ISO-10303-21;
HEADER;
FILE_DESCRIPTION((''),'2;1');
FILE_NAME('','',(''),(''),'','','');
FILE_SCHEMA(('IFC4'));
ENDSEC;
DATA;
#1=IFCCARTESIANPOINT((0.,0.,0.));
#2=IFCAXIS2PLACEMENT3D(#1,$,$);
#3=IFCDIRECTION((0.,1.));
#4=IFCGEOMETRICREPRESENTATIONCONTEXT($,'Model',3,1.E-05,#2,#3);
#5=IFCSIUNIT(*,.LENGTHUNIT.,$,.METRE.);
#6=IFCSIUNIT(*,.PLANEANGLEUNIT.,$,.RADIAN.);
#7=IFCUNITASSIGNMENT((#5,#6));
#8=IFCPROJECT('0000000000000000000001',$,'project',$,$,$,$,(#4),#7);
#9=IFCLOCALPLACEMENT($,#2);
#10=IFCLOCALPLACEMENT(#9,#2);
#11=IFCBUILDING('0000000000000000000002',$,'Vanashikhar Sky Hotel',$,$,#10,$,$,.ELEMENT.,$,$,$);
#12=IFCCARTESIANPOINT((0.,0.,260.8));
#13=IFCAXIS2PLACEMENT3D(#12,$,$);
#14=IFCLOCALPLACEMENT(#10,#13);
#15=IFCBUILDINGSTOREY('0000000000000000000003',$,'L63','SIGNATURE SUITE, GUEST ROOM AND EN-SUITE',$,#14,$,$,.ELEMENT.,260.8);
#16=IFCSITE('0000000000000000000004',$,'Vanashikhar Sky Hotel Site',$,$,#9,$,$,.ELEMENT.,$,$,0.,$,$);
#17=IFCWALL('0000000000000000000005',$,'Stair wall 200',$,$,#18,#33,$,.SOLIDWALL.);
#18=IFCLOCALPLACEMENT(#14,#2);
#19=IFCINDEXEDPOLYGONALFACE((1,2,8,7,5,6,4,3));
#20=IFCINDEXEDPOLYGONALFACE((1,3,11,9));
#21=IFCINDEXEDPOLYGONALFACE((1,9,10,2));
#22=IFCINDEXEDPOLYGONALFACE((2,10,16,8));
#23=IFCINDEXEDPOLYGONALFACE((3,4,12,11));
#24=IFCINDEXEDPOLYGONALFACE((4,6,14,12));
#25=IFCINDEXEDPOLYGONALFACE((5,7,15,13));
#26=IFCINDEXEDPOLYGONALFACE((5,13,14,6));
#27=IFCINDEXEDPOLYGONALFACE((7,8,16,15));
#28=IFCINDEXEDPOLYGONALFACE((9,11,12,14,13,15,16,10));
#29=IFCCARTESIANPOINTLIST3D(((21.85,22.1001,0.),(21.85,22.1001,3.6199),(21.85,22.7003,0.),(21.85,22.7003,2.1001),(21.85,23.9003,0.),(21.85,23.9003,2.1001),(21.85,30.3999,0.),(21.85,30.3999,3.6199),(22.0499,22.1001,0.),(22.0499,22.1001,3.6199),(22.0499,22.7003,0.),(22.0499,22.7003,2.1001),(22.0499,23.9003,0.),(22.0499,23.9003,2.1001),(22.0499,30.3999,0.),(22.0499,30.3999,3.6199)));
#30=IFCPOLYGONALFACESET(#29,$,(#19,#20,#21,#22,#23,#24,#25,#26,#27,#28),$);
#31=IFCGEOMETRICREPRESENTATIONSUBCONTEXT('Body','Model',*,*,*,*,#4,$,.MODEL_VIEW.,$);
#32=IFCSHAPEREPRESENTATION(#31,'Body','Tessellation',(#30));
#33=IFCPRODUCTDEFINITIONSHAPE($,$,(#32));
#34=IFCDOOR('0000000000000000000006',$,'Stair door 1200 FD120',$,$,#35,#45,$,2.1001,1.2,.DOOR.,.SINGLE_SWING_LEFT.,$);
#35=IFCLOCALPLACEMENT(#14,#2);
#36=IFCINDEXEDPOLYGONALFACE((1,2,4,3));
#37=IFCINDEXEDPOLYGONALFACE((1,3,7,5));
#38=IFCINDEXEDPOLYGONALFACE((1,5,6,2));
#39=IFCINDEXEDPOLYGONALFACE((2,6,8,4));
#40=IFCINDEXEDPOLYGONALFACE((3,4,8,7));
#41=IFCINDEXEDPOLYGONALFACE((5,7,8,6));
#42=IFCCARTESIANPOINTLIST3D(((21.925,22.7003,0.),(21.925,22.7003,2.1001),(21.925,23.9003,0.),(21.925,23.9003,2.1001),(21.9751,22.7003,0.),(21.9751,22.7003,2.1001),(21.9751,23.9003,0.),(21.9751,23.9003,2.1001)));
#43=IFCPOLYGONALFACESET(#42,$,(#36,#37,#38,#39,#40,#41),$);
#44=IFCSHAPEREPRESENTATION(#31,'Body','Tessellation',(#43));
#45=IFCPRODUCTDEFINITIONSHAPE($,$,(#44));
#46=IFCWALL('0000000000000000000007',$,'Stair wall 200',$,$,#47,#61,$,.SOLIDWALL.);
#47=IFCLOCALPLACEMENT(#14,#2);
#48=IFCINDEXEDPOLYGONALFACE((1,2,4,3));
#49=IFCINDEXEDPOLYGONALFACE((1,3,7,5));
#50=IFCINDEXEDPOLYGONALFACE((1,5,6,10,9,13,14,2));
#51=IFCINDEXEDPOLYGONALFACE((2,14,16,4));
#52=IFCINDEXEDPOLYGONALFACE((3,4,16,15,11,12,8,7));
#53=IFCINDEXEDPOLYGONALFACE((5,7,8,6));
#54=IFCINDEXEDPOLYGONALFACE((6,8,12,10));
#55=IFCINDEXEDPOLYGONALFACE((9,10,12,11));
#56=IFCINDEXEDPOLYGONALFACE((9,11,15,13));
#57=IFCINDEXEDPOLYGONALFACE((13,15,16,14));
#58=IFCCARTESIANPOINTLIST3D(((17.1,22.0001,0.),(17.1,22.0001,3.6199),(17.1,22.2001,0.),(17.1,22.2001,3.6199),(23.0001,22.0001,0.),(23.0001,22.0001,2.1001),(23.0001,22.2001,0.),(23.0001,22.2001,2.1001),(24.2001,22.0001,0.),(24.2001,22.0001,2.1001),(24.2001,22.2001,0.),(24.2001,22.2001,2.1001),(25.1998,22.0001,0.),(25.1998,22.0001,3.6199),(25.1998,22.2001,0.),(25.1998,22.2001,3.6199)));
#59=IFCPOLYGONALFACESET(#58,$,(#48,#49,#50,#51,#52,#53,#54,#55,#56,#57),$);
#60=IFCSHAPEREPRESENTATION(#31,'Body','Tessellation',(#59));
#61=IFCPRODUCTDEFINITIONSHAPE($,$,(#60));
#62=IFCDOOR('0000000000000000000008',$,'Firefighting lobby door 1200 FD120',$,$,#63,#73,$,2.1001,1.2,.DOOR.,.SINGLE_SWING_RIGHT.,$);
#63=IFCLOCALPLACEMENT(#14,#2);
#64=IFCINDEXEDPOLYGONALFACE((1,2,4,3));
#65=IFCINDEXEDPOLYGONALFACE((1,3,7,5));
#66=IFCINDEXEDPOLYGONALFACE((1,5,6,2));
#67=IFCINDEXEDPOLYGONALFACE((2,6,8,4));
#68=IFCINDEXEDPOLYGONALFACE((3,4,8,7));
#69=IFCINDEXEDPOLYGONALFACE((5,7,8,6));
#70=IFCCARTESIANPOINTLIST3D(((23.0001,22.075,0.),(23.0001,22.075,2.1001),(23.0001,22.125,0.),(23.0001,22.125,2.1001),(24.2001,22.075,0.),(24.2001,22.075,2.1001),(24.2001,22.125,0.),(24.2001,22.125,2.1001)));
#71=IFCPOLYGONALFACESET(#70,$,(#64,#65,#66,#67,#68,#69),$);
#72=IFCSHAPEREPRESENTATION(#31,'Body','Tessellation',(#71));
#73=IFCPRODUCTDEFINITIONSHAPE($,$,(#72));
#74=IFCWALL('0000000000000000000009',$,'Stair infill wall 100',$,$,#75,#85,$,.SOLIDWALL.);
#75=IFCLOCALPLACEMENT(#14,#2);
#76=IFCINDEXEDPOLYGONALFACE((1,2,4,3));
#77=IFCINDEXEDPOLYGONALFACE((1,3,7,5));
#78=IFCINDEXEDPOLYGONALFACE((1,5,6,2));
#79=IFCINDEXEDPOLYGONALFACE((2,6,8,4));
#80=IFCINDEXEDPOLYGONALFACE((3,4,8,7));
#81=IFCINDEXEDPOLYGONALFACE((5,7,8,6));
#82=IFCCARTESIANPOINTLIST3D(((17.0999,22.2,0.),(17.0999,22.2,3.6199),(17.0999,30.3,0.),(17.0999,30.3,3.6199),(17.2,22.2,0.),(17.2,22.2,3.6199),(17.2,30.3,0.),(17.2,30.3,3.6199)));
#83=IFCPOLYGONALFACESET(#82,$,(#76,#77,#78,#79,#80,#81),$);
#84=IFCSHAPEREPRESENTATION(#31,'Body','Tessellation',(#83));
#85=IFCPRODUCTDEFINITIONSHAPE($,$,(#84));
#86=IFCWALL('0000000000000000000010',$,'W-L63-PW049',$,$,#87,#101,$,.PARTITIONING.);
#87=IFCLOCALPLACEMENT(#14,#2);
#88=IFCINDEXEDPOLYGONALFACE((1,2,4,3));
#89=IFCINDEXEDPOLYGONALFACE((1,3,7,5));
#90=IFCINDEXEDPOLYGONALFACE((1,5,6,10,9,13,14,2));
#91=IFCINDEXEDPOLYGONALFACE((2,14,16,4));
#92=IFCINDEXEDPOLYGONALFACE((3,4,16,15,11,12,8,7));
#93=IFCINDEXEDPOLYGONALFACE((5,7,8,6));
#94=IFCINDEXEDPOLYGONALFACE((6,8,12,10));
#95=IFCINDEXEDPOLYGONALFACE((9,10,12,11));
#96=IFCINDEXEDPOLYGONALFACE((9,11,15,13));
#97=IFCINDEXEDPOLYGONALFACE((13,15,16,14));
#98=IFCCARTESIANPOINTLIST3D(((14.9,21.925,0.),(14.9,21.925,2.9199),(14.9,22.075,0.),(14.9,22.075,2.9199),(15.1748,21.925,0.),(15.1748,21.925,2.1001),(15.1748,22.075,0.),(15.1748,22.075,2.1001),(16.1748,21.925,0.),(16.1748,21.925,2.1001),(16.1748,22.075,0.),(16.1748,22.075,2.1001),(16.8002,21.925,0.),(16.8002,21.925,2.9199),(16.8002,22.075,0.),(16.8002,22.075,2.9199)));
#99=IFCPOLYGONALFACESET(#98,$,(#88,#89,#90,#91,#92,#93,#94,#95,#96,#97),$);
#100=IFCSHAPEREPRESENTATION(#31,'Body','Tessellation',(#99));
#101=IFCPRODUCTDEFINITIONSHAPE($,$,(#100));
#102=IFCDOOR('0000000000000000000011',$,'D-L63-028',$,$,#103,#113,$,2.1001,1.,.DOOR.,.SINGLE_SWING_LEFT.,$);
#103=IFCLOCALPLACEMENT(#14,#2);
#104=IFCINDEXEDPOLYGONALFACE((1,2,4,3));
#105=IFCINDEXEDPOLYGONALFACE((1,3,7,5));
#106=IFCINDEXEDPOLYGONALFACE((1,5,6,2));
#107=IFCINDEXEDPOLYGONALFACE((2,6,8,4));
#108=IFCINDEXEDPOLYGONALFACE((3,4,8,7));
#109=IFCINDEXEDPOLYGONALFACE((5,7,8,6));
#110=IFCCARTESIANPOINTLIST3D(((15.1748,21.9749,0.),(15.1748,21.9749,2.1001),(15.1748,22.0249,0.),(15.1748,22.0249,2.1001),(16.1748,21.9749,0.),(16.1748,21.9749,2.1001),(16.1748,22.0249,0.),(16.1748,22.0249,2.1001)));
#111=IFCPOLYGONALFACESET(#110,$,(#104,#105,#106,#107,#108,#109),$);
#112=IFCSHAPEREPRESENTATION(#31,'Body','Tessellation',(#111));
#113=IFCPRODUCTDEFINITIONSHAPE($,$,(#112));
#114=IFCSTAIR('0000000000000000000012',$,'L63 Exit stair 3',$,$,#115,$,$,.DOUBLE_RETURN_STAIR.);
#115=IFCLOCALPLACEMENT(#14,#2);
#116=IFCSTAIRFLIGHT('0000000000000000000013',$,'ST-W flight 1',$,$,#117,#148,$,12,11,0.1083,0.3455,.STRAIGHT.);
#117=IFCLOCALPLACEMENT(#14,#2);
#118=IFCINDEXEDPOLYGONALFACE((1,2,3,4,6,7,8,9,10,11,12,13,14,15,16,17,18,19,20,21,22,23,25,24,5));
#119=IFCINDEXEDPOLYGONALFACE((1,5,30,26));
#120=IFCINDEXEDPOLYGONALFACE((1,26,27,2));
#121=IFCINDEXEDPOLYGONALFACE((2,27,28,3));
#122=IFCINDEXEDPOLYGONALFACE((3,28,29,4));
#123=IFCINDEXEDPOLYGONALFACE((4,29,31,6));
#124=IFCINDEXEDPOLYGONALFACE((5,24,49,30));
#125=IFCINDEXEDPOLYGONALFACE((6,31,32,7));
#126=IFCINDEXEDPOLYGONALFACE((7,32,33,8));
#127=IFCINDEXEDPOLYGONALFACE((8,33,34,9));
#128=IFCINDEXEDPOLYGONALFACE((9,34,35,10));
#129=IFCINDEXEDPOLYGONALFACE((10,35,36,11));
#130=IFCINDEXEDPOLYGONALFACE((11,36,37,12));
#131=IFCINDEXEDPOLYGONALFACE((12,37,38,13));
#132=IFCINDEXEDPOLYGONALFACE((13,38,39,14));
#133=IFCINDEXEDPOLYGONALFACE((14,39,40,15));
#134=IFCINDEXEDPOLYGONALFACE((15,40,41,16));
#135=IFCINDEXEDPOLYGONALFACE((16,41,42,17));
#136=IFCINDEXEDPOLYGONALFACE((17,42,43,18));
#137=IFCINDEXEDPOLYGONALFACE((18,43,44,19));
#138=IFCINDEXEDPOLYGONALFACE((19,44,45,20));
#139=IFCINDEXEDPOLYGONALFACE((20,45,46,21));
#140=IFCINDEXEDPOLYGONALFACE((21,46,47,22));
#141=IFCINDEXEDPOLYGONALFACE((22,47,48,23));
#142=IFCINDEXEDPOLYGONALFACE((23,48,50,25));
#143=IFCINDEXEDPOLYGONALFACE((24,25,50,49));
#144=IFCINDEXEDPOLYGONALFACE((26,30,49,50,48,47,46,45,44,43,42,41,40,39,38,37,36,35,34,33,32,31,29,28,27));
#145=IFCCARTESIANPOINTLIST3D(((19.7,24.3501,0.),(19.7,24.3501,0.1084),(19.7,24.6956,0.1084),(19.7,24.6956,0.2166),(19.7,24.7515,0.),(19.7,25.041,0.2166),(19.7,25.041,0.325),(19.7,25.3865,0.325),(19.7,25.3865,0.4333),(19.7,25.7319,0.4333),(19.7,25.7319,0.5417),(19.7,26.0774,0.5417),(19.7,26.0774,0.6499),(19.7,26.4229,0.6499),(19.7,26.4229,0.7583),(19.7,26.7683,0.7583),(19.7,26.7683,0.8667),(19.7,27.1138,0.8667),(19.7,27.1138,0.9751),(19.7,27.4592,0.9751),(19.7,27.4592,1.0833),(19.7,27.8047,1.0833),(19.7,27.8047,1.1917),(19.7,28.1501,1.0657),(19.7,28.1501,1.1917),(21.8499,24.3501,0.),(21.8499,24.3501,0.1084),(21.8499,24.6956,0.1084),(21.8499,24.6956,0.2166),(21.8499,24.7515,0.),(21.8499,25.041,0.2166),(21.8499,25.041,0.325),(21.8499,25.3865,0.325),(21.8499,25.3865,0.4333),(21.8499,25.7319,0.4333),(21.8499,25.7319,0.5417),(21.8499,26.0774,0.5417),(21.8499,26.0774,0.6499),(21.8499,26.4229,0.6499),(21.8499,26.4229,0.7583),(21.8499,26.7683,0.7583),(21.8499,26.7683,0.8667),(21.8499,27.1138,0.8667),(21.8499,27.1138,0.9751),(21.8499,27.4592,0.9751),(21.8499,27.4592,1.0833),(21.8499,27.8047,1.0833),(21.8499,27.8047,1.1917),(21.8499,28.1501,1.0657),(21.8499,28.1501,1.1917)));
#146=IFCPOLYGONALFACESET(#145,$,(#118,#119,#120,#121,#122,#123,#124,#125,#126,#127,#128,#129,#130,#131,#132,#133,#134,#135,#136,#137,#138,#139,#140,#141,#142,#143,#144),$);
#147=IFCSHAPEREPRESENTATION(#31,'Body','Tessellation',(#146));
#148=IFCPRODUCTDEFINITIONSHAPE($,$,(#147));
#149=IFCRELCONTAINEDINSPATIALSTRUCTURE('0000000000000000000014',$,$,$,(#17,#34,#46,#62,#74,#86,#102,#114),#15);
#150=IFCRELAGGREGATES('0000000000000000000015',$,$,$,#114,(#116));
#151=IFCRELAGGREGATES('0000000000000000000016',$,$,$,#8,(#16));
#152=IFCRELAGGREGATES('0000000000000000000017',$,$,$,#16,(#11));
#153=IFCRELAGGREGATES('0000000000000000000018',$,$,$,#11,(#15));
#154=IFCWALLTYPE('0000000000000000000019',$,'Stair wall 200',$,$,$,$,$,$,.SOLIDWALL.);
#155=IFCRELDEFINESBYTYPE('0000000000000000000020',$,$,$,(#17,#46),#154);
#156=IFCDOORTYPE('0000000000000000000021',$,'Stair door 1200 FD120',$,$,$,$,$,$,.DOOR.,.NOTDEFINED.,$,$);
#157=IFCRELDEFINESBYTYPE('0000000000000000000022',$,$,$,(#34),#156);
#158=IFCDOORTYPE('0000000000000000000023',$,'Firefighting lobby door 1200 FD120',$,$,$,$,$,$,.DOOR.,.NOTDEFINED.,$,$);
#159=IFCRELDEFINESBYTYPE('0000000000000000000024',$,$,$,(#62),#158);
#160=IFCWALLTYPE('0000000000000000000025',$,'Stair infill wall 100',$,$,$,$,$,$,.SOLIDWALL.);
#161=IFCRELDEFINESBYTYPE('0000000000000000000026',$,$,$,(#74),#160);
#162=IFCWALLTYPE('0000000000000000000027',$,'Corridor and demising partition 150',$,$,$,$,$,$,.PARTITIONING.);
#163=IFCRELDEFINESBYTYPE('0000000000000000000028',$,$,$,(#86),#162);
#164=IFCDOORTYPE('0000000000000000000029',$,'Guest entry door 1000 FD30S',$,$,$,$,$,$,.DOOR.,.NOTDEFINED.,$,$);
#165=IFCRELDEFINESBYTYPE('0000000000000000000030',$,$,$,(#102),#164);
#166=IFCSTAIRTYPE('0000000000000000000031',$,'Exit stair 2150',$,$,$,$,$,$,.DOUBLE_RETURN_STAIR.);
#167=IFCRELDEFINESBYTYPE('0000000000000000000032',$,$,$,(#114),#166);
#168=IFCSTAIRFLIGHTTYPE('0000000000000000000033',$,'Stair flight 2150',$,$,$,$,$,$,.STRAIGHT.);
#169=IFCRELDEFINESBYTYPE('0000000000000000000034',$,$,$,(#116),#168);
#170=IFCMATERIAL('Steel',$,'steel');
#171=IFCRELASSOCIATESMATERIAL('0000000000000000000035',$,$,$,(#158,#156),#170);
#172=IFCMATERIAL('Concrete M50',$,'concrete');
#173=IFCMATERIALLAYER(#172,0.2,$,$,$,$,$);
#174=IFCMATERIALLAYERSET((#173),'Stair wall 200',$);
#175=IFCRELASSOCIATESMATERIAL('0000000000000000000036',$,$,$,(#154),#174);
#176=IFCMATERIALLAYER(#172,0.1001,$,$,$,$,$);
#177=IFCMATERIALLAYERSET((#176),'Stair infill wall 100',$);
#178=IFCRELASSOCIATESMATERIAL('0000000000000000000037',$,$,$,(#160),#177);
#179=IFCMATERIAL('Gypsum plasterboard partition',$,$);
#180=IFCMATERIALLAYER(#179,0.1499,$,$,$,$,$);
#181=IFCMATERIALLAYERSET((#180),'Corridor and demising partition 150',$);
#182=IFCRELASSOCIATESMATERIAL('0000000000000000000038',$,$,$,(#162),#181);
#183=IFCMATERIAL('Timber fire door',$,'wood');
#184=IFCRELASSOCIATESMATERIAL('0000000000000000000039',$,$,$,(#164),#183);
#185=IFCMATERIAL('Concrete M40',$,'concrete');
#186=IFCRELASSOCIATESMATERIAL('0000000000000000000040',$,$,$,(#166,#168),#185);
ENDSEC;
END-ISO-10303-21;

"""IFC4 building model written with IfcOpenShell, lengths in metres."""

from ifc_helpers import new_model, si_unit, direction, frame, frame_2d, origin, place, context, subcontext, project, spatial, polyline, rectangle, outline, extrude, source, transform, mapped, material, layer, layer_set, type_object, element, fill, aggregate, save


model = new_model("IFC4")

# Units and contexts
model_context = context("Model", 3, precision=1e-05, world=origin(), true_north=direction((0.0, 1.0)))
body_context = subcontext(model_context, "Body", "Model", "MODEL_VIEW")
ifc_project = project(units=[si_unit("LENGTHUNIT", "METRE"), si_unit("PLANEANGLEUNIT", "RADIAN")], contexts=[model_context])

# Site, building, storey
site_placement = place(None, origin())
site = spatial("IfcSite", under=ifc_project, at=site_placement, Name="Vanashikhar Sky Hotel Site", CompositionType="ELEMENT", RefElevation=0.0)
building_placement = place(site_placement, origin())
building = spatial("IfcBuilding", under=site, at=building_placement, Name="Vanashikhar Sky Hotel", CompositionType="ELEMENT")
storey_placement = place(building_placement, frame((0.0, 0.0, 260.8)))
storey = spatial("IfcBuildingStorey", under=building, at=storey_placement, Name="L63", Description="SIGNATURE SUITE, GUEST ROOM AND EN-SUITE", CompositionType="ELEMENT", Elevation=260.8)

# Shared definitions
ifc_material_1 = material(Name="Steel", Category="steel")
door_type_1 = type_object("IfcDoorType", Name="Firefighting lobby door 1200 FD120", OperationType="NOTDEFINED", PredefinedType="DOOR", material=ifc_material_1)

# Walls, openings, doors
ifc_material_2 = material(Name="Concrete M50", Category="concrete")
ifc_layer_1 = layer(ifc_material_2, 0.2)
ifc_layer_set_1 = layer_set([ifc_layer_1], Name="Stair wall 200")
wall_type_1 = type_object("IfcWallType", Name="Stair wall 200", PredefinedType="SOLIDWALL", material=ifc_layer_set_1)
shared_shape_1 = source(origin(), body_context, "Body", "SweptSolid", [
    extrude(rectangle(XDim=8.2998, YDim=0.2, at=frame_2d((4.1499, 0.0))), origin(), (0.0, 0.0, 1.0), 3.6199),
])
wall_1_placement = place(storey_placement, frame((21.95, 22.1001, 0.0), z_axis=(0.0, 0.0, 1.0), x_axis=(0.0, 1.0, 0.0)))
wall_1 = element("IfcWall", 1, at=wall_1_placement, inside=storey, type_object=wall_type_1, Name="Stair wall 200", PredefinedType="SOLIDWALL", context=body_context, shape_type="MappedRepresentation", body=[
    mapped(shared_shape_1, transform((0.0, 0.0, 0.0), scale=1.0)),
])
shared_shape_2 = source(origin(), body_context, "Body", "SweptSolid", [
    extrude(rectangle(XDim=1.2, YDim=2.1001, at=frame_2d((0.6001, 1.05))), frame((0.0, 0.1099, 0.0), z_axis=(0.0, -1.0, 0.0), x_axis=(1.0, 0.0, 0.0)), (0.0, 0.0, 1.0), 0.22),
])
opening_1_placement = place(wall_1_placement, frame((0.6001, 0.0, 0.0)))
opening_1 = element("IfcOpeningElement", 2, at=opening_1_placement, cuts=wall_1, PredefinedType="OPENING", context=body_context, shape_type="MappedRepresentation", body=[
    mapped(shared_shape_2, transform((0.0, 0.0, 0.0), scale=1.0)),
])
door_type_2 = type_object("IfcDoorType", Name="Stair door 1200 FD120", OperationType="NOTDEFINED", PredefinedType="DOOR", material=ifc_material_1)
shared_shape_3 = source(origin(), body_context, "Body", "SweptSolid", [
    extrude(rectangle(XDim=1.2, YDim=2.1001, at=frame_2d((0.6001, 1.05))), frame((0.0, 0.0249, 0.0), z_axis=(0.0, -1.0, 0.0), x_axis=(1.0, 0.0, 0.0)), (0.0, 0.0, 1.0), 0.05),
])
door_1_placement = place(opening_1_placement, origin())
door_1 = element("IfcDoor", 3, at=door_1_placement, inside=storey, type_object=door_type_2, Name="Stair door 1200 FD120", OperationType="SINGLE_SWING_LEFT", OverallHeight=2.1001, OverallWidth=1.2, PredefinedType="DOOR", context=body_context, shape_type="MappedRepresentation", body=[
    mapped(shared_shape_3, transform((0.0, 0.0, 0.0), scale=1.0)),
])
fill(opening_1, door_1)
shared_shape_4 = source(origin(), body_context, "Body", "SweptSolid", [
    extrude(rectangle(XDim=8.0999, YDim=0.2, at=frame_2d((4.0498, 0.0))), origin(), (0.0, 0.0, 1.0), 3.6199),
])
wall_2_placement = place(storey_placement, frame((17.1001, 22.1001, 0.0), z_axis=(0.0, 0.0, 1.0), x_axis=(1.0, 0.0, 0.0)))
wall_2 = element("IfcWall", 4, at=wall_2_placement, inside=storey, type_object=wall_type_1, Name="Stair wall 200", PredefinedType="SOLIDWALL", context=body_context, shape_type="MappedRepresentation", body=[
    mapped(shared_shape_4, transform((0.0, 0.0, 0.0), scale=1.0)),
])
opening_2_placement = place(wall_2_placement, frame((5.8999, 0.0, 0.0)))
opening_2 = element("IfcOpeningElement", 5, at=opening_2_placement, cuts=wall_2, PredefinedType="OPENING", context=body_context, shape_type="MappedRepresentation", body=[
    mapped(shared_shape_2, transform((0.0, 0.0, 0.0), scale=1.0)),
])
door_2_placement = place(opening_2_placement, origin())
door_2 = element("IfcDoor", 6, at=door_2_placement, inside=storey, type_object=door_type_1, Name="Firefighting lobby door 1200 FD120", OperationType="SINGLE_SWING_RIGHT", OverallHeight=2.1001, OverallWidth=1.2, PredefinedType="DOOR", context=body_context, shape_type="MappedRepresentation", body=[
    mapped(shared_shape_3, transform((0.0, 0.0, 0.0), scale=1.0)),
])
fill(opening_2, door_2)

# Wall
ifc_layer_2 = layer(ifc_material_2, 0.1001)
ifc_layer_set_2 = layer_set([ifc_layer_2], Name="Stair infill wall 100")
wall_type_2 = type_object("IfcWallType", Name="Stair infill wall 100", PredefinedType="SOLIDWALL", material=ifc_layer_set_2)
shared_shape_5 = source(origin(), body_context, "Body", "SweptSolid", [
    extrude(rectangle(XDim=8.1001, YDim=0.1001, at=frame_2d((4.05, 0.0))), origin(), (0.0, 0.0, 1.0), 3.6199),
])
wall_3_placement = place(storey_placement, frame((17.1499, 22.2, 0.0), z_axis=(0.0, 0.0, 1.0), x_axis=(0.0, 1.0, 0.0)))
element("IfcWall", 7, at=wall_3_placement, inside=storey, type_object=wall_type_2, Name="Stair infill wall 100", PredefinedType="SOLIDWALL", context=body_context, shape_type="MappedRepresentation", body=[
    mapped(shared_shape_5, transform((0.0, 0.0, 0.0), scale=1.0)),
])

# Wall, opening, door
ifc_material_3 = material(Name="Gypsum plasterboard partition")
ifc_layer_3 = layer(ifc_material_3, 0.1499)
ifc_layer_set_3 = layer_set([ifc_layer_3], Name="Corridor and demising partition 150")
wall_type_3 = type_object("IfcWallType", Name="Corridor and demising partition 150", PredefinedType="PARTITIONING", material=ifc_layer_set_3)
shared_shape_6 = source(origin(), body_context, "Body", "SweptSolid", [
    extrude(rectangle(XDim=1.9001, YDim=0.1499, at=frame_2d((0.9502, 0.0))), origin(), (0.0, 0.0, 1.0), 2.9199),
])
wall_4_placement = place(storey_placement, frame((14.8999, 22.0, 0.0), z_axis=(0.0, 0.0, 1.0), x_axis=(1.0, 0.0, 0.0)))
wall_4 = element("IfcWall", 8, at=wall_4_placement, inside=storey, type_object=wall_type_3, Name="W-L63-PW049", PredefinedType="PARTITIONING", context=body_context, shape_type="MappedRepresentation", body=[
    mapped(shared_shape_6, transform((0.0, 0.0, 0.0), scale=1.0)),
])
shared_shape_7 = source(origin(), body_context, "Body", "SweptSolid", [
    extrude(rectangle(XDim=1.0, YDim=2.1001, at=frame_2d((0.5, 1.05))), frame((0.0, 0.085, 0.0), z_axis=(0.0, -1.0, 0.0), x_axis=(1.0, 0.0, 0.0)), (0.0, 0.0, 1.0), 0.1699),
])
opening_3_placement = place(wall_4_placement, frame((0.2749, 0.0, 0.0)))
opening_3 = element("IfcOpeningElement", 9, at=opening_3_placement, cuts=wall_4, PredefinedType="OPENING", context=body_context, shape_type="MappedRepresentation", body=[
    mapped(shared_shape_7, transform((0.0, 0.0, 0.0), scale=1.0)),
])
ifc_material_4 = material(Name="Timber fire door", Category="wood")
door_type_3 = type_object("IfcDoorType", Name="Guest entry door 1000 FD30S", OperationType="NOTDEFINED", PredefinedType="DOOR", material=ifc_material_4)
shared_shape_8 = source(origin(), body_context, "Body", "SweptSolid", [
    extrude(rectangle(XDim=1.0, YDim=2.1001, at=frame_2d((0.5, 1.05))), frame((0.0, 0.0249, 0.0), z_axis=(0.0, -1.0, 0.0), x_axis=(1.0, 0.0, 0.0)), (0.0, 0.0, 1.0), 0.05),
])
door_3_placement = place(opening_3_placement, origin())
door_3 = element("IfcDoor", 10, at=door_3_placement, inside=storey, type_object=door_type_3, Name="D-L63-028", OperationType="SINGLE_SWING_LEFT", OverallHeight=2.1001, OverallWidth=1.0, PredefinedType="DOOR", context=body_context, shape_type="MappedRepresentation", body=[
    mapped(shared_shape_8, transform((0.0, 0.0, 0.0), scale=1.0)),
])
fill(opening_3, door_3)

# Stair, stair flight
ifc_material_5 = material(Name="Concrete M40", Category="concrete")
stair_type = type_object("IfcStairType", Name="Exit stair 2150", PredefinedType="DOUBLE_RETURN_STAIR", material=ifc_material_5)
stair_placement = place(storey_placement, origin())
stair = element("IfcStair", 11, at=stair_placement, inside=storey, type_object=stair_type, Name="L63 Exit stair 3", PredefinedType="DOUBLE_RETURN_STAIR")
stair_flight_type = type_object("IfcStairFlightType", Name="Stair flight 2150", PredefinedType="STRAIGHT", material=ifc_material_5)
shared_shape_9 = source(origin(), body_context, "Body", "SweptSolid", [
    extrude(outline(polyline([(0.0, 0.0), (0.0, 0.1084), (0.3455, 0.1084), (0.3455, 0.2166), (0.6909, 0.2166), (0.6909, 0.325), (1.0364, 0.325), (1.0364, 0.4333), (1.3818, 0.4333), (1.3818, 0.5417), (1.7273, 0.5417), (1.7273, 0.6499), (2.0728, 0.6499), (2.0728, 0.7583), (2.4182, 0.7583), (2.4182, 0.8667), (2.7637, 0.8667), (2.7637, 0.9751), (3.1091, 0.9751), (3.1091, 1.0833), (3.4546, 1.0833), (3.4546, 1.1917), (3.8, 1.1917), (3.8, 1.3), (3.8, 1.0657), (0.4014, 0.0), (0.0, 0.0)])), frame((0.0, 1.075, 0.0), z_axis=(0.0, -1.0, 0.0), x_axis=(1.0, 0.0, 0.0)), (0.0, 0.0, 1.0), 2.1499),
])
stair_flight_placement = place(storey_placement, frame((20.7749, 24.3501, 0.0), z_axis=(0.0, 0.0, 1.0), x_axis=(0.0, 1.0, 0.0)))
stair_flight = element("IfcStairFlight", 12, at=stair_flight_placement, type_object=stair_flight_type, Name="ST-W flight 1", NumberOfRisers=12, NumberOfTreads=11, PredefinedType="STRAIGHT", RiserHeight=0.1083, TreadLength=0.3455, context=body_context, shape_type="MappedRepresentation", body=[
    mapped(shared_shape_9, transform((0.0, 0.0, 0.0), scale=1.0)),
])
aggregate(stair, [stair_flight])

save(model, "model.ifc")
